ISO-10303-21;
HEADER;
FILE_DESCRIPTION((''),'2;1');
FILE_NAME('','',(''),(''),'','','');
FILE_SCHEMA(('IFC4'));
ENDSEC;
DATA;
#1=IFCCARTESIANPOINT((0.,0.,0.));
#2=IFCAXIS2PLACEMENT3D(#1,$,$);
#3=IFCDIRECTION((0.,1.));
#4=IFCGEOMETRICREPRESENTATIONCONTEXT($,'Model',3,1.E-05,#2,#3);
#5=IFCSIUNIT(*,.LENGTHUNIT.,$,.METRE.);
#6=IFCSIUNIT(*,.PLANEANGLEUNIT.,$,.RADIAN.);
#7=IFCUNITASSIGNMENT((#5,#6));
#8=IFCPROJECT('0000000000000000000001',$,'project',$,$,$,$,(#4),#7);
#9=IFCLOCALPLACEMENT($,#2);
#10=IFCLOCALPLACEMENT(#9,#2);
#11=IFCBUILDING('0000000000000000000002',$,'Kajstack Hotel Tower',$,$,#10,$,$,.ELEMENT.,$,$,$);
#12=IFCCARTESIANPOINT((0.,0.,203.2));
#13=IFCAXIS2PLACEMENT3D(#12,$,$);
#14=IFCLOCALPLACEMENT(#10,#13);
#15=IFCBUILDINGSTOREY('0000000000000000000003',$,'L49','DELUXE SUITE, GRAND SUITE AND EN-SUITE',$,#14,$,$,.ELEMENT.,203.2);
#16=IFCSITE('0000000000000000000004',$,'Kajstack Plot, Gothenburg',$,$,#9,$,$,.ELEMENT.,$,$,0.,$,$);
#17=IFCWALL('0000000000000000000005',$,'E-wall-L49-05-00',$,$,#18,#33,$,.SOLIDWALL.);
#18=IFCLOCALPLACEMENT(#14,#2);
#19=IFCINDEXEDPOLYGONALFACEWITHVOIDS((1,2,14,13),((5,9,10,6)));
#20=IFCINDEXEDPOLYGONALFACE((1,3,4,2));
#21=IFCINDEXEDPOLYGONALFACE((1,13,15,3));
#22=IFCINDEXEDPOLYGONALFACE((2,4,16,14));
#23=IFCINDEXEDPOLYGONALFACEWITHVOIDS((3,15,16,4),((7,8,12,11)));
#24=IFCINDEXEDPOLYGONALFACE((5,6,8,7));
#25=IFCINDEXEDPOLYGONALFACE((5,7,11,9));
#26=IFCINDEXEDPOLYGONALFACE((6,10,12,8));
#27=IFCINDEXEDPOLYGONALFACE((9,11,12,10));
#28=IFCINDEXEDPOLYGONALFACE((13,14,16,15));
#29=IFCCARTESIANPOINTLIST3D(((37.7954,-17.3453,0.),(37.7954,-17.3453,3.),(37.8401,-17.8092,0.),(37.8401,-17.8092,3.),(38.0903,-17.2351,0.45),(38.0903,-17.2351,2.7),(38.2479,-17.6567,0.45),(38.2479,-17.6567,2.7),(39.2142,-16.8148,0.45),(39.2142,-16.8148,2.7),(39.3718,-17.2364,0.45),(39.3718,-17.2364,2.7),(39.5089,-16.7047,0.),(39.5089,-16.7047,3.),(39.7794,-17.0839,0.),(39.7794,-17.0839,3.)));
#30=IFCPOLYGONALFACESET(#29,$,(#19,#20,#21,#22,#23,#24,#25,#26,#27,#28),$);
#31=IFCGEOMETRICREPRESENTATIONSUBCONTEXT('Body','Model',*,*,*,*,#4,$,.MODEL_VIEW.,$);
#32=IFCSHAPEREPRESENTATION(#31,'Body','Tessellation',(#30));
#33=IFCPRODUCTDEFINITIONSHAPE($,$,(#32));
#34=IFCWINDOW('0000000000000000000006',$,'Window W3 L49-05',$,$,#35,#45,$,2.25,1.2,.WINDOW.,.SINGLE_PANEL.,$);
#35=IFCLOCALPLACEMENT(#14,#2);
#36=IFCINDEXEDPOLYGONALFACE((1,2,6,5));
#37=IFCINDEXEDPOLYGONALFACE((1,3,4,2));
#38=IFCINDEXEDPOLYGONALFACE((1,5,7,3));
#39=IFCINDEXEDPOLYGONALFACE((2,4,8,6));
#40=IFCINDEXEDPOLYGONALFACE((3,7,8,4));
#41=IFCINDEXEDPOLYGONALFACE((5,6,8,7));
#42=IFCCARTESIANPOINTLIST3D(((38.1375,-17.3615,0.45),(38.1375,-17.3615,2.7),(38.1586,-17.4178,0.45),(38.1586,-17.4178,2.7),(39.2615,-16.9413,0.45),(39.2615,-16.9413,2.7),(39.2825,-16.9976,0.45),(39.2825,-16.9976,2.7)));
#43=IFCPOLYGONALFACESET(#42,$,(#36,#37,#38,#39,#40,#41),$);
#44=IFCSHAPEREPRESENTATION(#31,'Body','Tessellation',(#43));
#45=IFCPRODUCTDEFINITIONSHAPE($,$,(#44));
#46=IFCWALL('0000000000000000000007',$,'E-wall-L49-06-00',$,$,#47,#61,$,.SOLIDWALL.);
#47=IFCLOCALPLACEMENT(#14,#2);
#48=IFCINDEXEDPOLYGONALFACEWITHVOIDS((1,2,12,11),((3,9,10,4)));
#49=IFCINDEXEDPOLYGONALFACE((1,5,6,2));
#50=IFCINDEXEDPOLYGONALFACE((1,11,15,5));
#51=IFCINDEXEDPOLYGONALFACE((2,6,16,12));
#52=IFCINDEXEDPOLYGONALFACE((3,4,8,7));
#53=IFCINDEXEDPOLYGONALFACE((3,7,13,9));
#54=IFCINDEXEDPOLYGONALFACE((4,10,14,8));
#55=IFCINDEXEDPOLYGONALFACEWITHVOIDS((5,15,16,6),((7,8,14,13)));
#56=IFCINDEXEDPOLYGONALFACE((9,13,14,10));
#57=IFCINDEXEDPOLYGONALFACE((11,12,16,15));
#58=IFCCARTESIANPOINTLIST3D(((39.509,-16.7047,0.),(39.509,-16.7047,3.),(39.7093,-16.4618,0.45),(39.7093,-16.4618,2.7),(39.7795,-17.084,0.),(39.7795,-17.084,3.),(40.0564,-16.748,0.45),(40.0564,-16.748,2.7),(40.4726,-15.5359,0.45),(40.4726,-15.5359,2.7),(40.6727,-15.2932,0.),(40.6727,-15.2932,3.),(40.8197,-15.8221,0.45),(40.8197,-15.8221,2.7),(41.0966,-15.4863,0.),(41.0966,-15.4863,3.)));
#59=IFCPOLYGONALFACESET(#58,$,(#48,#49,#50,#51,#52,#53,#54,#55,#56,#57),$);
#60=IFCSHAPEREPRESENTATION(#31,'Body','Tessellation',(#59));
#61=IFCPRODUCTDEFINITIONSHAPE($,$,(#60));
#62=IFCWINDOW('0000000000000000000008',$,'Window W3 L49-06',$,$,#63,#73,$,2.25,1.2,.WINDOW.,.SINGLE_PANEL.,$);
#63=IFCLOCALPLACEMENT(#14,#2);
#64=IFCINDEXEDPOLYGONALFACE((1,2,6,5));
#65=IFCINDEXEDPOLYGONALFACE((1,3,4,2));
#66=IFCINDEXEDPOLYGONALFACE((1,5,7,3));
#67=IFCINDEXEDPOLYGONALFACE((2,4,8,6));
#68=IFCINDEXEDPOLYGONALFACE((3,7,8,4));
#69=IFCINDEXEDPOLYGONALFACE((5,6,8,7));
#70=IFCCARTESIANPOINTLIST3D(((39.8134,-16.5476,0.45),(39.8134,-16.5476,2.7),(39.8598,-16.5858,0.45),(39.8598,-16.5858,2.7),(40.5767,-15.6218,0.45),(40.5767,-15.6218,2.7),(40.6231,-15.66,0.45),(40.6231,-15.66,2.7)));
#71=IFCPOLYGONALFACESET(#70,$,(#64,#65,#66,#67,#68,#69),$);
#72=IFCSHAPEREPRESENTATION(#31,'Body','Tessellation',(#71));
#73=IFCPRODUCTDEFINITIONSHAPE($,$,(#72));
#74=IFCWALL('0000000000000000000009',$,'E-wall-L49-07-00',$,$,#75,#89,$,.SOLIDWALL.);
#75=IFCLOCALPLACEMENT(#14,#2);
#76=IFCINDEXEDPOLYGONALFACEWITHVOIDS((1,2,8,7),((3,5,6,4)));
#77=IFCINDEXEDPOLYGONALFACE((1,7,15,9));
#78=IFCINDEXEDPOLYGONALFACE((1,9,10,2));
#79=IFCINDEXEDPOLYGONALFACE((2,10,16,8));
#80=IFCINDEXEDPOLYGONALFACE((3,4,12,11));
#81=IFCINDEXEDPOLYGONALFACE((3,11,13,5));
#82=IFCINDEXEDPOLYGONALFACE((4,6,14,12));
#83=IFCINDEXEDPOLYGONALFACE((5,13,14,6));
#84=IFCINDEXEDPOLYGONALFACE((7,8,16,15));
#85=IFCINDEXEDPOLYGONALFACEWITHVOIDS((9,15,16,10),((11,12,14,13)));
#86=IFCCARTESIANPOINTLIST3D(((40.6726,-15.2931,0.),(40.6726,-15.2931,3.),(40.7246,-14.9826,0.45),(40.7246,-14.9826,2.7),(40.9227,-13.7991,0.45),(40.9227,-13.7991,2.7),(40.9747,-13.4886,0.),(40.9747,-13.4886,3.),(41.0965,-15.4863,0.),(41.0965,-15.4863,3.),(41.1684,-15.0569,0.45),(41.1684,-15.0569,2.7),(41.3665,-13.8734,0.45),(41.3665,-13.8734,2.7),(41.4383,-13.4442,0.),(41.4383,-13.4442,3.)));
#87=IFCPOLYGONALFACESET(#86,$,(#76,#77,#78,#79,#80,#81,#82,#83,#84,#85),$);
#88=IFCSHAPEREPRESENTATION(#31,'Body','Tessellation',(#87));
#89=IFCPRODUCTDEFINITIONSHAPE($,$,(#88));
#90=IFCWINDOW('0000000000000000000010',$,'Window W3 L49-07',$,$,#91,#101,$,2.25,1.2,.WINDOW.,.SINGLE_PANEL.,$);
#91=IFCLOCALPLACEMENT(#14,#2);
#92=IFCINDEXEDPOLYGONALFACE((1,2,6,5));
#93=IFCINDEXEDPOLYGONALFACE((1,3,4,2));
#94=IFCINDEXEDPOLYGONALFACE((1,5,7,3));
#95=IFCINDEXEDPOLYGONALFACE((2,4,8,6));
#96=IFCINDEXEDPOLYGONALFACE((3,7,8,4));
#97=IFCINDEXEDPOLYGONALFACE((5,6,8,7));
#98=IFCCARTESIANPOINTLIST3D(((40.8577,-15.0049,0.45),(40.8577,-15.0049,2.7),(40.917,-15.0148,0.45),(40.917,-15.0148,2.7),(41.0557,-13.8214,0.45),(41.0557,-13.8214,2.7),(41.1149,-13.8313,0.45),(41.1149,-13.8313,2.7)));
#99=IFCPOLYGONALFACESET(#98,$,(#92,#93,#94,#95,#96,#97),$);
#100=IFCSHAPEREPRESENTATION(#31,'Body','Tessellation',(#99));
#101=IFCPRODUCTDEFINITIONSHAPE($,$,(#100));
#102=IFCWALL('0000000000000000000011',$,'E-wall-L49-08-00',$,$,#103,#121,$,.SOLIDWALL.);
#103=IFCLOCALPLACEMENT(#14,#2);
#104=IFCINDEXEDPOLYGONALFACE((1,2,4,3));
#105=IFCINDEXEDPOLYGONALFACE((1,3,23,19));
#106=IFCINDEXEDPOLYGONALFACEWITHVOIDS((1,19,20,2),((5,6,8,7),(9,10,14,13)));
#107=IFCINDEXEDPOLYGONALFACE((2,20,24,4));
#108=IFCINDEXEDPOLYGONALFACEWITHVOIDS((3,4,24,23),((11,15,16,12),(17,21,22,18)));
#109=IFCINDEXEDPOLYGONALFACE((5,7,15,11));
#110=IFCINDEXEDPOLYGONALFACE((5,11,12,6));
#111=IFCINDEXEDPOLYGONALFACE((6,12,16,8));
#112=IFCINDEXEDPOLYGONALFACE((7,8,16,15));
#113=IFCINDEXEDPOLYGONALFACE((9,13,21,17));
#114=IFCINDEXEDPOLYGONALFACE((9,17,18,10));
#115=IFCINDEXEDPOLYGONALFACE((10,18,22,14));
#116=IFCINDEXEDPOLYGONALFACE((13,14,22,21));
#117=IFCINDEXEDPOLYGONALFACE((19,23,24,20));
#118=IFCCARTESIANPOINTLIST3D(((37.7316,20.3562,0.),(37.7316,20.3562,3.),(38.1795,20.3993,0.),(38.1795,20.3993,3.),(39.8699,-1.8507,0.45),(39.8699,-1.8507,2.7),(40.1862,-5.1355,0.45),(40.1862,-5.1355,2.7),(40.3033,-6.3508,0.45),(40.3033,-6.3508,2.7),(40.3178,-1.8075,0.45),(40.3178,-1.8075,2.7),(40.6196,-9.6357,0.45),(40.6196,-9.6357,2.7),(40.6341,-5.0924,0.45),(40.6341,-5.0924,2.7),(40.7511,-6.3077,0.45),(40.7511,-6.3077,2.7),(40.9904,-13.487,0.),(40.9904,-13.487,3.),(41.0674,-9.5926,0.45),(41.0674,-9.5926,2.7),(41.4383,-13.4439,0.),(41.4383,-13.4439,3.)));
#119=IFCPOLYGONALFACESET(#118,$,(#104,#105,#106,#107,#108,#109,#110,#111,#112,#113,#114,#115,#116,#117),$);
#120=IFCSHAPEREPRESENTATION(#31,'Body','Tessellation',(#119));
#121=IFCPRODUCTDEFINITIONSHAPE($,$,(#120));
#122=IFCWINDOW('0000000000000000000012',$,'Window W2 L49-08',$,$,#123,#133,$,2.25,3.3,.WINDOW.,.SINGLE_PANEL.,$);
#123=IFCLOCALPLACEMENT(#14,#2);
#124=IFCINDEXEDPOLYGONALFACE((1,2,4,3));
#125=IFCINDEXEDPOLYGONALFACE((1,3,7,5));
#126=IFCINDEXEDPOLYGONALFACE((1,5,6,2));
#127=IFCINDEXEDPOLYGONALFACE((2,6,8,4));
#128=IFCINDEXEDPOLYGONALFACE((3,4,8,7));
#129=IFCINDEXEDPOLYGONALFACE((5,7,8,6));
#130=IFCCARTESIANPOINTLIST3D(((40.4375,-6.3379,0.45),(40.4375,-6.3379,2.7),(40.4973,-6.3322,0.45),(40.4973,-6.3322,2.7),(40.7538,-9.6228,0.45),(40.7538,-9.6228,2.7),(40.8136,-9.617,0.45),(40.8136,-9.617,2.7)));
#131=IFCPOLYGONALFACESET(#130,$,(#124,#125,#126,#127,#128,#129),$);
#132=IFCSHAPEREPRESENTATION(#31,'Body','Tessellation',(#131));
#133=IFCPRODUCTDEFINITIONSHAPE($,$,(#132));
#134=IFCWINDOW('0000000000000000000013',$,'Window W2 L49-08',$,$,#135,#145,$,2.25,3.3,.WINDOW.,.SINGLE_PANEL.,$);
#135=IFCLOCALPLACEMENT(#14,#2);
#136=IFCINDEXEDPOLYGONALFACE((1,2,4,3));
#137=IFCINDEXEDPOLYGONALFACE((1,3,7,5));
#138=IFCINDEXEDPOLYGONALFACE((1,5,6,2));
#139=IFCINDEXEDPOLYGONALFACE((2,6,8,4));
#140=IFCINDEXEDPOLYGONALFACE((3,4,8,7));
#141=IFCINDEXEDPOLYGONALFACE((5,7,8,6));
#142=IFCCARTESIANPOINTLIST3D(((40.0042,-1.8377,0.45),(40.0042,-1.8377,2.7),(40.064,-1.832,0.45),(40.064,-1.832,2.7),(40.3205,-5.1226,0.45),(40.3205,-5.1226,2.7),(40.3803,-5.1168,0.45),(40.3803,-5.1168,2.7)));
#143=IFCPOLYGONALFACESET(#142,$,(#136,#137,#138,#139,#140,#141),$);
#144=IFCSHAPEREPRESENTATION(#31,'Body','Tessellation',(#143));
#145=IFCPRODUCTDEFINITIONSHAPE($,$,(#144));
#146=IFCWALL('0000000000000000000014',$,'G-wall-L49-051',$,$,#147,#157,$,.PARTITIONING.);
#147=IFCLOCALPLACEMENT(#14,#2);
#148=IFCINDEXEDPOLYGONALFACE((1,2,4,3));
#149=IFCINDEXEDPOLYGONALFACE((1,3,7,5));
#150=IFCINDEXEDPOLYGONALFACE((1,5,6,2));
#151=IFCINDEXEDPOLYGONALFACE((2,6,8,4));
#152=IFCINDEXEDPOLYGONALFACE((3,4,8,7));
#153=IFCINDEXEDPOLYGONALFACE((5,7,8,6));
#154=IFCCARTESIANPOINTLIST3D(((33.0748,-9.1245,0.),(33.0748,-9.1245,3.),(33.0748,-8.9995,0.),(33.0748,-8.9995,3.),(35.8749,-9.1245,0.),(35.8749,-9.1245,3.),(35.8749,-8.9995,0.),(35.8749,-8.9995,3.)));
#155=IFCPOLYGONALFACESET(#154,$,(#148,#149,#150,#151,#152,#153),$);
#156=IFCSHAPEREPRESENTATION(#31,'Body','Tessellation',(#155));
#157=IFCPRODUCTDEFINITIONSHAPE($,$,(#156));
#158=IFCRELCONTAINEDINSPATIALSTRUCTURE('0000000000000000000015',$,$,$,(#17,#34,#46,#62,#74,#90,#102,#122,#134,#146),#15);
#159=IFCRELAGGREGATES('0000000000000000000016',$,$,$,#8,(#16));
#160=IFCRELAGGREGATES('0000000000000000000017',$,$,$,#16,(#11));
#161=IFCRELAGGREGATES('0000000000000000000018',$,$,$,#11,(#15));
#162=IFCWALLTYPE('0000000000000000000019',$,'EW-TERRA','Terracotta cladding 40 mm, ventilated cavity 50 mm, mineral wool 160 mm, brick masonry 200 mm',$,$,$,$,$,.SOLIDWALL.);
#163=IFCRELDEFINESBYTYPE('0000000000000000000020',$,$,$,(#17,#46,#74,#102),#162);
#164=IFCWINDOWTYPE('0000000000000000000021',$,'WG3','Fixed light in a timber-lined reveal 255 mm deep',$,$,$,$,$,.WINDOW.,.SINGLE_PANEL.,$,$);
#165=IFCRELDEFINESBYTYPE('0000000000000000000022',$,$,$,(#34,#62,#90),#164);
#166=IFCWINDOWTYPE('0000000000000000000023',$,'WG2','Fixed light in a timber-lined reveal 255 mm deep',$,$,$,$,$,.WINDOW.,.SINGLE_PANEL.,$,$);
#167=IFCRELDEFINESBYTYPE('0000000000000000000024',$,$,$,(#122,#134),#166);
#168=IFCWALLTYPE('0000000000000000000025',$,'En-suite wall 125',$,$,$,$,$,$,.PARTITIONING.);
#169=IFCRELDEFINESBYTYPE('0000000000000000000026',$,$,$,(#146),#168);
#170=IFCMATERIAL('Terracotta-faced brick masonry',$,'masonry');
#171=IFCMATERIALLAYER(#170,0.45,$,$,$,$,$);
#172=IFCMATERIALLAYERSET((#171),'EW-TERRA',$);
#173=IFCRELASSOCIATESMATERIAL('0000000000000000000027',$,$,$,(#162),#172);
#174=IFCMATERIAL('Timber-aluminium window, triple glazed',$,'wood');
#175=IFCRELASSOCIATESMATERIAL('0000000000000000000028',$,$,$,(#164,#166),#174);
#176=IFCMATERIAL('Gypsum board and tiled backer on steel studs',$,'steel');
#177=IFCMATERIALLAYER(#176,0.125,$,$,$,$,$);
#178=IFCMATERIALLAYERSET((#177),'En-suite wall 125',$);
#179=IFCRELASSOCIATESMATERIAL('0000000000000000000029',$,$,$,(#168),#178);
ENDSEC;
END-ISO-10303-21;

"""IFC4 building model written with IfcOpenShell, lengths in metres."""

from ifc_helpers import new_model, si_unit, direction, frame, frame_2d, origin, place, context, subcontext, project, spatial, polyline, rectangle, outline, extrude, material, layer, layer_set, type_object, element, fill, save


model = new_model("IFC4")

# Units and contexts
model_context = context("Model", 3, precision=1e-05, world=origin(), true_north=direction((0.0, 1.0)))
body_context = subcontext(model_context, "Body", "Model", "MODEL_VIEW")
ifc_project = project(units=[si_unit("LENGTHUNIT", "METRE"), si_unit("PLANEANGLEUNIT", "RADIAN")], contexts=[model_context])

# Site, building, storey
site_placement = place(None, origin())
site = spatial("IfcSite", under=ifc_project, at=site_placement, Name="Kajstack Plot, Gothenburg", CompositionType="ELEMENT", RefElevation=0.0)
building_placement = place(site_placement, origin())
building = spatial("IfcBuilding", under=site, at=building_placement, Name="Kajstack Hotel Tower", CompositionType="ELEMENT")
storey_placement = place(building_placement, frame((0.0, 0.0, 203.2)))
storey = spatial("IfcBuildingStorey", under=building, at=storey_placement, Name="L49", Description="DELUXE SUITE, GRAND SUITE AND EN-SUITE", CompositionType="ELEMENT", Elevation=203.2)

# Walls, openings, windows
ifc_material_1 = material(Name="Terracotta-faced brick masonry", Category="masonry")
ifc_layer_1 = layer(ifc_material_1, 0.45)
ifc_layer_set_1 = layer_set([ifc_layer_1], Name="EW-TERRA")
wall_type_1 = type_object("IfcWallType", Name="EW-TERRA", Description="Terracotta cladding 40 mm, ventilated cavity 50 mm, mineral wool 160 mm, brick masonry 200 mm", PredefinedType="SOLIDWALL", material=ifc_layer_set_1)
wall_1_placement = place(storey_placement, frame((37.7612, -17.5984, 0.0), z_axis=(0.0, 0.0, 1.0), x_axis=(0.936678, 0.350193, 0.0)))
wall_1 = element("IfcWall", 1, at=wall_1_placement, inside=storey, type_object=wall_type_1, Name="E-wall-L49-05-00", PredefinedType="SOLIDWALL", context=body_context, shape_type="SweptSolid", body=[
    extrude(outline(polyline([(0.0, -0.2251), (2.0706, -0.2249), (1.95, 0.2251), (0.1206, 0.2251), (0.0, -0.2251)])), origin(), (0.0, 0.0, 1.0), 3.0),
])
opening_1_placement = place(wall_1_placement, frame((0.4353, 0.0, 0.45)))
opening_1 = element("IfcOpeningElement", 2, at=opening_1_placement, cuts=wall_1, PredefinedType="OPENING", context=body_context, shape_type="SweptSolid", body=[
    extrude(rectangle(XDim=1.2, YDim=2.25, at=frame_2d((0.6001, 1.125))), frame((0.0, 0.2349, 0.0), z_axis=(0.0, -1.0, 0.0), x_axis=(1.0, 0.0, 0.0)), (0.0, 0.0, 1.0), 0.47),
])
ifc_material_2 = material(Name="Timber-aluminium window, triple glazed", Category="wood")
window_type_1 = type_object("IfcWindowType", Name="WG3", Description="Fixed light in a timber-lined reveal 255 mm deep", PartitioningType="SINGLE_PANEL", PredefinedType="WINDOW", material=ifc_material_2)
window_1_placement = place(opening_1_placement, origin())
window_1 = element("IfcWindow", 3, at=window_1_placement, inside=storey, type_object=window_type_1, Name="Window W3 L49-05", OverallHeight=2.25, OverallWidth=1.2, PartitioningType="SINGLE_PANEL", PredefinedType="WINDOW", context=body_context, shape_type="SweptSolid", body=[
    extrude(rectangle(XDim=1.2, YDim=2.25, at=frame_2d((0.6001, 1.125))), frame((0.0, 0.0901, 0.0), z_axis=(0.0, -1.0, 0.0), x_axis=(1.0, 0.0, 0.0)), (0.0, 0.0, 1.0), 0.0601),
])
fill(opening_1, window_1)
wall_2_placement = place(storey_placement, frame((39.606, -16.9409, 0.0), z_axis=(0.0, 0.0, 1.0), x_axis=(0.636116, 0.771593, 0.0)))
wall_2 = element("IfcWall", 4, at=wall_2_placement, inside=storey, type_object=wall_type_1, Name="E-wall-L49-06-00", PredefinedType="SOLIDWALL", context=body_context, shape_type="SweptSolid", body=[
    extrude(outline(polyline([(0.0, -0.2249), (2.0706, -0.2249), (1.95, 0.2251), (0.1206, 0.2251), (0.0, -0.2249)])), origin(), (0.0, 0.0, 1.0), 3.0),
])
opening_2_placement = place(wall_2_placement, frame((0.4353, 0.0, 0.45)))
opening_2 = element("IfcOpeningElement", 5, at=opening_2_placement, cuts=wall_2, PredefinedType="OPENING", context=body_context, shape_type="SweptSolid", body=[
    extrude(rectangle(XDim=1.2, YDim=2.25, at=frame_2d((0.6001, 1.125))), frame((0.0, 0.2349, 0.0), z_axis=(0.0, -1.0, 0.0), x_axis=(1.0, 0.0, 0.0)), (0.0, 0.0, 1.0), 0.47),
])
window_2_placement = place(opening_2_placement, origin())
window_2 = element("IfcWindow", 6, at=window_2_placement, inside=storey, type_object=window_type_1, Name="Window W3 L49-06", OverallHeight=2.25, OverallWidth=1.2, PartitioningType="SINGLE_PANEL", PredefinedType="WINDOW", context=body_context, shape_type="SweptSolid", body=[
    extrude(rectangle(XDim=1.2, YDim=2.25, at=frame_2d((0.6001, 1.125))), frame((0.0, 0.0901, 0.0), z_axis=(0.0, -1.0, 0.0), x_axis=(1.0, 0.0, 0.0)), (0.0, 0.0, 1.0), 0.0601),
])
fill(opening_2, window_2)
wall_3_placement = place(storey_placement, frame((40.8748, -15.4492, 0.0), z_axis=(0.0, 0.0, 1.0), x_axis=(0.164953, 0.986301, 0.0)))
wall_3 = element("IfcWall", 7, at=wall_3_placement, inside=storey, type_object=wall_type_1, Name="E-wall-L49-07-00", PredefinedType="SOLIDWALL", context=body_context, shape_type="SweptSolid", body=[
    extrude(outline(polyline([(0.0, -0.2249), (2.0706, -0.2251), (1.9502, 0.2249), (0.1206, 0.2251), (0.0, -0.2249)])), origin(), (0.0, 0.0, 1.0), 3.0),
])
opening_3_placement = place(wall_3_placement, frame((0.4353, 0.0, 0.45)))
opening_3 = element("IfcOpeningElement", 8, at=opening_3_placement, cuts=wall_3, PredefinedType="OPENING", context=body_context, shape_type="SweptSolid", body=[
    extrude(rectangle(XDim=1.2, YDim=2.25, at=frame_2d((0.6001, 1.125))), frame((0.0, 0.2349, 0.0), z_axis=(0.0, -1.0, 0.0), x_axis=(1.0, 0.0, 0.0)), (0.0, 0.0, 1.0), 0.47),
])
window_3_placement = place(opening_3_placement, origin())
window_3 = element("IfcWindow", 9, at=window_3_placement, inside=storey, type_object=window_type_1, Name="Window W3 L49-07", OverallHeight=2.25, OverallWidth=1.2, PartitioningType="SINGLE_PANEL", PredefinedType="WINDOW", context=body_context, shape_type="SweptSolid", body=[
    extrude(rectangle(XDim=1.2, YDim=2.25, at=frame_2d((0.6001, 1.125))), frame((0.0, 0.0901, 0.0), z_axis=(0.0, -1.0, 0.0), x_axis=(1.0, 0.0, 0.0)), (0.0, 0.0, 1.0), 0.0601),
])
fill(opening_3, window_3)

# Wall, openings, windows
wall_4_placement = place(storey_placement, frame((41.2144, -13.4656, 0.0), z_axis=(0.0, 0.0, 1.0), x_axis=(-0.095847, 0.995396, 0.0)))
wall_4 = element("IfcWall", 10, at=wall_4_placement, inside=storey, type_object=wall_type_1, Name="E-wall-L49-08-00", PredefinedType="SOLIDWALL", context=body_context, shape_type="SweptSolid", body=[
    extrude(rectangle(XDim=33.9998, YDim=0.45, at=frame_2d((17.0, 0.0))), origin(), (0.0, 0.0, 1.0), 3.0),
])
opening_4_placement = place(wall_4_placement, frame((3.8694, 0.0, 0.45)))
opening_4 = element("IfcOpeningElement", 11, at=opening_4_placement, cuts=wall_4, PredefinedType="OPENING", context=body_context, shape_type="SweptSolid", body=[
    extrude(rectangle(XDim=3.3, YDim=2.25, at=frame_2d((1.6499, 1.125))), frame((0.0, 0.2349, 0.0), z_axis=(0.0, -1.0, 0.0), x_axis=(1.0, 0.0, 0.0)), (0.0, 0.0, 1.0), 0.47),
])
opening_5_placement = place(wall_4_placement, frame((8.3904, 0.0, 0.45)))
opening_5 = element("IfcOpeningElement", 12, at=opening_5_placement, cuts=wall_4, PredefinedType="OPENING", context=body_context, shape_type="SweptSolid", body=[
    extrude(rectangle(XDim=3.3, YDim=2.25, at=frame_2d((1.6499, 1.125))), frame((0.0, 0.2349, 0.0), z_axis=(0.0, -1.0, 0.0), x_axis=(1.0, 0.0, 0.0)), (0.0, 0.0, 1.0), 0.47),
])
window_type_2 = type_object("IfcWindowType", Name="WG2", Description="Fixed light in a timber-lined reveal 255 mm deep", PartitioningType="SINGLE_PANEL", PredefinedType="WINDOW", material=ifc_material_2)
window_4_placement = place(opening_4_placement, origin())
window_4 = element("IfcWindow", 13, at=window_4_placement, inside=storey, type_object=window_type_2, Name="Window W2 L49-08", OverallHeight=2.25, OverallWidth=3.3, PartitioningType="SINGLE_PANEL", PredefinedType="WINDOW", context=body_context, shape_type="SweptSolid", body=[
    extrude(rectangle(XDim=3.3, YDim=2.25, at=frame_2d((1.6499, 1.125))), frame((0.0, 0.0901, 0.0), z_axis=(0.0, -1.0, 0.0), x_axis=(1.0, 0.0, 0.0)), (0.0, 0.0, 1.0), 0.0601),
])
fill(opening_4, window_4)
window_5_placement = place(opening_5_placement, origin())
window_5 = element("IfcWindow", 14, at=window_5_placement, inside=storey, type_object=window_type_2, Name="Window W2 L49-08", OverallHeight=2.25, OverallWidth=3.3, PartitioningType="SINGLE_PANEL", PredefinedType="WINDOW", context=body_context, shape_type="SweptSolid", body=[
    extrude(rectangle(XDim=3.3, YDim=2.25, at=frame_2d((1.6499, 1.125))), frame((0.0, 0.0901, 0.0), z_axis=(0.0, -1.0, 0.0), x_axis=(1.0, 0.0, 0.0)), (0.0, 0.0, 1.0), 0.0601),
])
fill(opening_5, window_5)

# Wall
ifc_material_3 = material(Name="Gypsum board and tiled backer on steel studs", Category="steel")
ifc_layer_2 = layer(ifc_material_3, 0.125)
ifc_layer_set_2 = layer_set([ifc_layer_2], Name="En-suite wall 125")
wall_type_2 = type_object("IfcWallType", Name="En-suite wall 125", PredefinedType="PARTITIONING", material=ifc_layer_set_2)
wall_5_placement = place(storey_placement, frame((33.075, -9.062, 0.0), z_axis=(0.0, 0.0, 1.0), x_axis=(1.0, 0.0, 0.0)))
element("IfcWall", 15, at=wall_5_placement, inside=storey, type_object=wall_type_2, Name="G-wall-L49-051", PredefinedType="PARTITIONING", context=body_context, shape_type="SweptSolid", body=[
    extrude(rectangle(XDim=2.8, YDim=0.125, at=frame_2d((1.3999, 0.0))), origin(), (0.0, 0.0, 1.0), 3.0),
])

save(model, "model.ifc")
